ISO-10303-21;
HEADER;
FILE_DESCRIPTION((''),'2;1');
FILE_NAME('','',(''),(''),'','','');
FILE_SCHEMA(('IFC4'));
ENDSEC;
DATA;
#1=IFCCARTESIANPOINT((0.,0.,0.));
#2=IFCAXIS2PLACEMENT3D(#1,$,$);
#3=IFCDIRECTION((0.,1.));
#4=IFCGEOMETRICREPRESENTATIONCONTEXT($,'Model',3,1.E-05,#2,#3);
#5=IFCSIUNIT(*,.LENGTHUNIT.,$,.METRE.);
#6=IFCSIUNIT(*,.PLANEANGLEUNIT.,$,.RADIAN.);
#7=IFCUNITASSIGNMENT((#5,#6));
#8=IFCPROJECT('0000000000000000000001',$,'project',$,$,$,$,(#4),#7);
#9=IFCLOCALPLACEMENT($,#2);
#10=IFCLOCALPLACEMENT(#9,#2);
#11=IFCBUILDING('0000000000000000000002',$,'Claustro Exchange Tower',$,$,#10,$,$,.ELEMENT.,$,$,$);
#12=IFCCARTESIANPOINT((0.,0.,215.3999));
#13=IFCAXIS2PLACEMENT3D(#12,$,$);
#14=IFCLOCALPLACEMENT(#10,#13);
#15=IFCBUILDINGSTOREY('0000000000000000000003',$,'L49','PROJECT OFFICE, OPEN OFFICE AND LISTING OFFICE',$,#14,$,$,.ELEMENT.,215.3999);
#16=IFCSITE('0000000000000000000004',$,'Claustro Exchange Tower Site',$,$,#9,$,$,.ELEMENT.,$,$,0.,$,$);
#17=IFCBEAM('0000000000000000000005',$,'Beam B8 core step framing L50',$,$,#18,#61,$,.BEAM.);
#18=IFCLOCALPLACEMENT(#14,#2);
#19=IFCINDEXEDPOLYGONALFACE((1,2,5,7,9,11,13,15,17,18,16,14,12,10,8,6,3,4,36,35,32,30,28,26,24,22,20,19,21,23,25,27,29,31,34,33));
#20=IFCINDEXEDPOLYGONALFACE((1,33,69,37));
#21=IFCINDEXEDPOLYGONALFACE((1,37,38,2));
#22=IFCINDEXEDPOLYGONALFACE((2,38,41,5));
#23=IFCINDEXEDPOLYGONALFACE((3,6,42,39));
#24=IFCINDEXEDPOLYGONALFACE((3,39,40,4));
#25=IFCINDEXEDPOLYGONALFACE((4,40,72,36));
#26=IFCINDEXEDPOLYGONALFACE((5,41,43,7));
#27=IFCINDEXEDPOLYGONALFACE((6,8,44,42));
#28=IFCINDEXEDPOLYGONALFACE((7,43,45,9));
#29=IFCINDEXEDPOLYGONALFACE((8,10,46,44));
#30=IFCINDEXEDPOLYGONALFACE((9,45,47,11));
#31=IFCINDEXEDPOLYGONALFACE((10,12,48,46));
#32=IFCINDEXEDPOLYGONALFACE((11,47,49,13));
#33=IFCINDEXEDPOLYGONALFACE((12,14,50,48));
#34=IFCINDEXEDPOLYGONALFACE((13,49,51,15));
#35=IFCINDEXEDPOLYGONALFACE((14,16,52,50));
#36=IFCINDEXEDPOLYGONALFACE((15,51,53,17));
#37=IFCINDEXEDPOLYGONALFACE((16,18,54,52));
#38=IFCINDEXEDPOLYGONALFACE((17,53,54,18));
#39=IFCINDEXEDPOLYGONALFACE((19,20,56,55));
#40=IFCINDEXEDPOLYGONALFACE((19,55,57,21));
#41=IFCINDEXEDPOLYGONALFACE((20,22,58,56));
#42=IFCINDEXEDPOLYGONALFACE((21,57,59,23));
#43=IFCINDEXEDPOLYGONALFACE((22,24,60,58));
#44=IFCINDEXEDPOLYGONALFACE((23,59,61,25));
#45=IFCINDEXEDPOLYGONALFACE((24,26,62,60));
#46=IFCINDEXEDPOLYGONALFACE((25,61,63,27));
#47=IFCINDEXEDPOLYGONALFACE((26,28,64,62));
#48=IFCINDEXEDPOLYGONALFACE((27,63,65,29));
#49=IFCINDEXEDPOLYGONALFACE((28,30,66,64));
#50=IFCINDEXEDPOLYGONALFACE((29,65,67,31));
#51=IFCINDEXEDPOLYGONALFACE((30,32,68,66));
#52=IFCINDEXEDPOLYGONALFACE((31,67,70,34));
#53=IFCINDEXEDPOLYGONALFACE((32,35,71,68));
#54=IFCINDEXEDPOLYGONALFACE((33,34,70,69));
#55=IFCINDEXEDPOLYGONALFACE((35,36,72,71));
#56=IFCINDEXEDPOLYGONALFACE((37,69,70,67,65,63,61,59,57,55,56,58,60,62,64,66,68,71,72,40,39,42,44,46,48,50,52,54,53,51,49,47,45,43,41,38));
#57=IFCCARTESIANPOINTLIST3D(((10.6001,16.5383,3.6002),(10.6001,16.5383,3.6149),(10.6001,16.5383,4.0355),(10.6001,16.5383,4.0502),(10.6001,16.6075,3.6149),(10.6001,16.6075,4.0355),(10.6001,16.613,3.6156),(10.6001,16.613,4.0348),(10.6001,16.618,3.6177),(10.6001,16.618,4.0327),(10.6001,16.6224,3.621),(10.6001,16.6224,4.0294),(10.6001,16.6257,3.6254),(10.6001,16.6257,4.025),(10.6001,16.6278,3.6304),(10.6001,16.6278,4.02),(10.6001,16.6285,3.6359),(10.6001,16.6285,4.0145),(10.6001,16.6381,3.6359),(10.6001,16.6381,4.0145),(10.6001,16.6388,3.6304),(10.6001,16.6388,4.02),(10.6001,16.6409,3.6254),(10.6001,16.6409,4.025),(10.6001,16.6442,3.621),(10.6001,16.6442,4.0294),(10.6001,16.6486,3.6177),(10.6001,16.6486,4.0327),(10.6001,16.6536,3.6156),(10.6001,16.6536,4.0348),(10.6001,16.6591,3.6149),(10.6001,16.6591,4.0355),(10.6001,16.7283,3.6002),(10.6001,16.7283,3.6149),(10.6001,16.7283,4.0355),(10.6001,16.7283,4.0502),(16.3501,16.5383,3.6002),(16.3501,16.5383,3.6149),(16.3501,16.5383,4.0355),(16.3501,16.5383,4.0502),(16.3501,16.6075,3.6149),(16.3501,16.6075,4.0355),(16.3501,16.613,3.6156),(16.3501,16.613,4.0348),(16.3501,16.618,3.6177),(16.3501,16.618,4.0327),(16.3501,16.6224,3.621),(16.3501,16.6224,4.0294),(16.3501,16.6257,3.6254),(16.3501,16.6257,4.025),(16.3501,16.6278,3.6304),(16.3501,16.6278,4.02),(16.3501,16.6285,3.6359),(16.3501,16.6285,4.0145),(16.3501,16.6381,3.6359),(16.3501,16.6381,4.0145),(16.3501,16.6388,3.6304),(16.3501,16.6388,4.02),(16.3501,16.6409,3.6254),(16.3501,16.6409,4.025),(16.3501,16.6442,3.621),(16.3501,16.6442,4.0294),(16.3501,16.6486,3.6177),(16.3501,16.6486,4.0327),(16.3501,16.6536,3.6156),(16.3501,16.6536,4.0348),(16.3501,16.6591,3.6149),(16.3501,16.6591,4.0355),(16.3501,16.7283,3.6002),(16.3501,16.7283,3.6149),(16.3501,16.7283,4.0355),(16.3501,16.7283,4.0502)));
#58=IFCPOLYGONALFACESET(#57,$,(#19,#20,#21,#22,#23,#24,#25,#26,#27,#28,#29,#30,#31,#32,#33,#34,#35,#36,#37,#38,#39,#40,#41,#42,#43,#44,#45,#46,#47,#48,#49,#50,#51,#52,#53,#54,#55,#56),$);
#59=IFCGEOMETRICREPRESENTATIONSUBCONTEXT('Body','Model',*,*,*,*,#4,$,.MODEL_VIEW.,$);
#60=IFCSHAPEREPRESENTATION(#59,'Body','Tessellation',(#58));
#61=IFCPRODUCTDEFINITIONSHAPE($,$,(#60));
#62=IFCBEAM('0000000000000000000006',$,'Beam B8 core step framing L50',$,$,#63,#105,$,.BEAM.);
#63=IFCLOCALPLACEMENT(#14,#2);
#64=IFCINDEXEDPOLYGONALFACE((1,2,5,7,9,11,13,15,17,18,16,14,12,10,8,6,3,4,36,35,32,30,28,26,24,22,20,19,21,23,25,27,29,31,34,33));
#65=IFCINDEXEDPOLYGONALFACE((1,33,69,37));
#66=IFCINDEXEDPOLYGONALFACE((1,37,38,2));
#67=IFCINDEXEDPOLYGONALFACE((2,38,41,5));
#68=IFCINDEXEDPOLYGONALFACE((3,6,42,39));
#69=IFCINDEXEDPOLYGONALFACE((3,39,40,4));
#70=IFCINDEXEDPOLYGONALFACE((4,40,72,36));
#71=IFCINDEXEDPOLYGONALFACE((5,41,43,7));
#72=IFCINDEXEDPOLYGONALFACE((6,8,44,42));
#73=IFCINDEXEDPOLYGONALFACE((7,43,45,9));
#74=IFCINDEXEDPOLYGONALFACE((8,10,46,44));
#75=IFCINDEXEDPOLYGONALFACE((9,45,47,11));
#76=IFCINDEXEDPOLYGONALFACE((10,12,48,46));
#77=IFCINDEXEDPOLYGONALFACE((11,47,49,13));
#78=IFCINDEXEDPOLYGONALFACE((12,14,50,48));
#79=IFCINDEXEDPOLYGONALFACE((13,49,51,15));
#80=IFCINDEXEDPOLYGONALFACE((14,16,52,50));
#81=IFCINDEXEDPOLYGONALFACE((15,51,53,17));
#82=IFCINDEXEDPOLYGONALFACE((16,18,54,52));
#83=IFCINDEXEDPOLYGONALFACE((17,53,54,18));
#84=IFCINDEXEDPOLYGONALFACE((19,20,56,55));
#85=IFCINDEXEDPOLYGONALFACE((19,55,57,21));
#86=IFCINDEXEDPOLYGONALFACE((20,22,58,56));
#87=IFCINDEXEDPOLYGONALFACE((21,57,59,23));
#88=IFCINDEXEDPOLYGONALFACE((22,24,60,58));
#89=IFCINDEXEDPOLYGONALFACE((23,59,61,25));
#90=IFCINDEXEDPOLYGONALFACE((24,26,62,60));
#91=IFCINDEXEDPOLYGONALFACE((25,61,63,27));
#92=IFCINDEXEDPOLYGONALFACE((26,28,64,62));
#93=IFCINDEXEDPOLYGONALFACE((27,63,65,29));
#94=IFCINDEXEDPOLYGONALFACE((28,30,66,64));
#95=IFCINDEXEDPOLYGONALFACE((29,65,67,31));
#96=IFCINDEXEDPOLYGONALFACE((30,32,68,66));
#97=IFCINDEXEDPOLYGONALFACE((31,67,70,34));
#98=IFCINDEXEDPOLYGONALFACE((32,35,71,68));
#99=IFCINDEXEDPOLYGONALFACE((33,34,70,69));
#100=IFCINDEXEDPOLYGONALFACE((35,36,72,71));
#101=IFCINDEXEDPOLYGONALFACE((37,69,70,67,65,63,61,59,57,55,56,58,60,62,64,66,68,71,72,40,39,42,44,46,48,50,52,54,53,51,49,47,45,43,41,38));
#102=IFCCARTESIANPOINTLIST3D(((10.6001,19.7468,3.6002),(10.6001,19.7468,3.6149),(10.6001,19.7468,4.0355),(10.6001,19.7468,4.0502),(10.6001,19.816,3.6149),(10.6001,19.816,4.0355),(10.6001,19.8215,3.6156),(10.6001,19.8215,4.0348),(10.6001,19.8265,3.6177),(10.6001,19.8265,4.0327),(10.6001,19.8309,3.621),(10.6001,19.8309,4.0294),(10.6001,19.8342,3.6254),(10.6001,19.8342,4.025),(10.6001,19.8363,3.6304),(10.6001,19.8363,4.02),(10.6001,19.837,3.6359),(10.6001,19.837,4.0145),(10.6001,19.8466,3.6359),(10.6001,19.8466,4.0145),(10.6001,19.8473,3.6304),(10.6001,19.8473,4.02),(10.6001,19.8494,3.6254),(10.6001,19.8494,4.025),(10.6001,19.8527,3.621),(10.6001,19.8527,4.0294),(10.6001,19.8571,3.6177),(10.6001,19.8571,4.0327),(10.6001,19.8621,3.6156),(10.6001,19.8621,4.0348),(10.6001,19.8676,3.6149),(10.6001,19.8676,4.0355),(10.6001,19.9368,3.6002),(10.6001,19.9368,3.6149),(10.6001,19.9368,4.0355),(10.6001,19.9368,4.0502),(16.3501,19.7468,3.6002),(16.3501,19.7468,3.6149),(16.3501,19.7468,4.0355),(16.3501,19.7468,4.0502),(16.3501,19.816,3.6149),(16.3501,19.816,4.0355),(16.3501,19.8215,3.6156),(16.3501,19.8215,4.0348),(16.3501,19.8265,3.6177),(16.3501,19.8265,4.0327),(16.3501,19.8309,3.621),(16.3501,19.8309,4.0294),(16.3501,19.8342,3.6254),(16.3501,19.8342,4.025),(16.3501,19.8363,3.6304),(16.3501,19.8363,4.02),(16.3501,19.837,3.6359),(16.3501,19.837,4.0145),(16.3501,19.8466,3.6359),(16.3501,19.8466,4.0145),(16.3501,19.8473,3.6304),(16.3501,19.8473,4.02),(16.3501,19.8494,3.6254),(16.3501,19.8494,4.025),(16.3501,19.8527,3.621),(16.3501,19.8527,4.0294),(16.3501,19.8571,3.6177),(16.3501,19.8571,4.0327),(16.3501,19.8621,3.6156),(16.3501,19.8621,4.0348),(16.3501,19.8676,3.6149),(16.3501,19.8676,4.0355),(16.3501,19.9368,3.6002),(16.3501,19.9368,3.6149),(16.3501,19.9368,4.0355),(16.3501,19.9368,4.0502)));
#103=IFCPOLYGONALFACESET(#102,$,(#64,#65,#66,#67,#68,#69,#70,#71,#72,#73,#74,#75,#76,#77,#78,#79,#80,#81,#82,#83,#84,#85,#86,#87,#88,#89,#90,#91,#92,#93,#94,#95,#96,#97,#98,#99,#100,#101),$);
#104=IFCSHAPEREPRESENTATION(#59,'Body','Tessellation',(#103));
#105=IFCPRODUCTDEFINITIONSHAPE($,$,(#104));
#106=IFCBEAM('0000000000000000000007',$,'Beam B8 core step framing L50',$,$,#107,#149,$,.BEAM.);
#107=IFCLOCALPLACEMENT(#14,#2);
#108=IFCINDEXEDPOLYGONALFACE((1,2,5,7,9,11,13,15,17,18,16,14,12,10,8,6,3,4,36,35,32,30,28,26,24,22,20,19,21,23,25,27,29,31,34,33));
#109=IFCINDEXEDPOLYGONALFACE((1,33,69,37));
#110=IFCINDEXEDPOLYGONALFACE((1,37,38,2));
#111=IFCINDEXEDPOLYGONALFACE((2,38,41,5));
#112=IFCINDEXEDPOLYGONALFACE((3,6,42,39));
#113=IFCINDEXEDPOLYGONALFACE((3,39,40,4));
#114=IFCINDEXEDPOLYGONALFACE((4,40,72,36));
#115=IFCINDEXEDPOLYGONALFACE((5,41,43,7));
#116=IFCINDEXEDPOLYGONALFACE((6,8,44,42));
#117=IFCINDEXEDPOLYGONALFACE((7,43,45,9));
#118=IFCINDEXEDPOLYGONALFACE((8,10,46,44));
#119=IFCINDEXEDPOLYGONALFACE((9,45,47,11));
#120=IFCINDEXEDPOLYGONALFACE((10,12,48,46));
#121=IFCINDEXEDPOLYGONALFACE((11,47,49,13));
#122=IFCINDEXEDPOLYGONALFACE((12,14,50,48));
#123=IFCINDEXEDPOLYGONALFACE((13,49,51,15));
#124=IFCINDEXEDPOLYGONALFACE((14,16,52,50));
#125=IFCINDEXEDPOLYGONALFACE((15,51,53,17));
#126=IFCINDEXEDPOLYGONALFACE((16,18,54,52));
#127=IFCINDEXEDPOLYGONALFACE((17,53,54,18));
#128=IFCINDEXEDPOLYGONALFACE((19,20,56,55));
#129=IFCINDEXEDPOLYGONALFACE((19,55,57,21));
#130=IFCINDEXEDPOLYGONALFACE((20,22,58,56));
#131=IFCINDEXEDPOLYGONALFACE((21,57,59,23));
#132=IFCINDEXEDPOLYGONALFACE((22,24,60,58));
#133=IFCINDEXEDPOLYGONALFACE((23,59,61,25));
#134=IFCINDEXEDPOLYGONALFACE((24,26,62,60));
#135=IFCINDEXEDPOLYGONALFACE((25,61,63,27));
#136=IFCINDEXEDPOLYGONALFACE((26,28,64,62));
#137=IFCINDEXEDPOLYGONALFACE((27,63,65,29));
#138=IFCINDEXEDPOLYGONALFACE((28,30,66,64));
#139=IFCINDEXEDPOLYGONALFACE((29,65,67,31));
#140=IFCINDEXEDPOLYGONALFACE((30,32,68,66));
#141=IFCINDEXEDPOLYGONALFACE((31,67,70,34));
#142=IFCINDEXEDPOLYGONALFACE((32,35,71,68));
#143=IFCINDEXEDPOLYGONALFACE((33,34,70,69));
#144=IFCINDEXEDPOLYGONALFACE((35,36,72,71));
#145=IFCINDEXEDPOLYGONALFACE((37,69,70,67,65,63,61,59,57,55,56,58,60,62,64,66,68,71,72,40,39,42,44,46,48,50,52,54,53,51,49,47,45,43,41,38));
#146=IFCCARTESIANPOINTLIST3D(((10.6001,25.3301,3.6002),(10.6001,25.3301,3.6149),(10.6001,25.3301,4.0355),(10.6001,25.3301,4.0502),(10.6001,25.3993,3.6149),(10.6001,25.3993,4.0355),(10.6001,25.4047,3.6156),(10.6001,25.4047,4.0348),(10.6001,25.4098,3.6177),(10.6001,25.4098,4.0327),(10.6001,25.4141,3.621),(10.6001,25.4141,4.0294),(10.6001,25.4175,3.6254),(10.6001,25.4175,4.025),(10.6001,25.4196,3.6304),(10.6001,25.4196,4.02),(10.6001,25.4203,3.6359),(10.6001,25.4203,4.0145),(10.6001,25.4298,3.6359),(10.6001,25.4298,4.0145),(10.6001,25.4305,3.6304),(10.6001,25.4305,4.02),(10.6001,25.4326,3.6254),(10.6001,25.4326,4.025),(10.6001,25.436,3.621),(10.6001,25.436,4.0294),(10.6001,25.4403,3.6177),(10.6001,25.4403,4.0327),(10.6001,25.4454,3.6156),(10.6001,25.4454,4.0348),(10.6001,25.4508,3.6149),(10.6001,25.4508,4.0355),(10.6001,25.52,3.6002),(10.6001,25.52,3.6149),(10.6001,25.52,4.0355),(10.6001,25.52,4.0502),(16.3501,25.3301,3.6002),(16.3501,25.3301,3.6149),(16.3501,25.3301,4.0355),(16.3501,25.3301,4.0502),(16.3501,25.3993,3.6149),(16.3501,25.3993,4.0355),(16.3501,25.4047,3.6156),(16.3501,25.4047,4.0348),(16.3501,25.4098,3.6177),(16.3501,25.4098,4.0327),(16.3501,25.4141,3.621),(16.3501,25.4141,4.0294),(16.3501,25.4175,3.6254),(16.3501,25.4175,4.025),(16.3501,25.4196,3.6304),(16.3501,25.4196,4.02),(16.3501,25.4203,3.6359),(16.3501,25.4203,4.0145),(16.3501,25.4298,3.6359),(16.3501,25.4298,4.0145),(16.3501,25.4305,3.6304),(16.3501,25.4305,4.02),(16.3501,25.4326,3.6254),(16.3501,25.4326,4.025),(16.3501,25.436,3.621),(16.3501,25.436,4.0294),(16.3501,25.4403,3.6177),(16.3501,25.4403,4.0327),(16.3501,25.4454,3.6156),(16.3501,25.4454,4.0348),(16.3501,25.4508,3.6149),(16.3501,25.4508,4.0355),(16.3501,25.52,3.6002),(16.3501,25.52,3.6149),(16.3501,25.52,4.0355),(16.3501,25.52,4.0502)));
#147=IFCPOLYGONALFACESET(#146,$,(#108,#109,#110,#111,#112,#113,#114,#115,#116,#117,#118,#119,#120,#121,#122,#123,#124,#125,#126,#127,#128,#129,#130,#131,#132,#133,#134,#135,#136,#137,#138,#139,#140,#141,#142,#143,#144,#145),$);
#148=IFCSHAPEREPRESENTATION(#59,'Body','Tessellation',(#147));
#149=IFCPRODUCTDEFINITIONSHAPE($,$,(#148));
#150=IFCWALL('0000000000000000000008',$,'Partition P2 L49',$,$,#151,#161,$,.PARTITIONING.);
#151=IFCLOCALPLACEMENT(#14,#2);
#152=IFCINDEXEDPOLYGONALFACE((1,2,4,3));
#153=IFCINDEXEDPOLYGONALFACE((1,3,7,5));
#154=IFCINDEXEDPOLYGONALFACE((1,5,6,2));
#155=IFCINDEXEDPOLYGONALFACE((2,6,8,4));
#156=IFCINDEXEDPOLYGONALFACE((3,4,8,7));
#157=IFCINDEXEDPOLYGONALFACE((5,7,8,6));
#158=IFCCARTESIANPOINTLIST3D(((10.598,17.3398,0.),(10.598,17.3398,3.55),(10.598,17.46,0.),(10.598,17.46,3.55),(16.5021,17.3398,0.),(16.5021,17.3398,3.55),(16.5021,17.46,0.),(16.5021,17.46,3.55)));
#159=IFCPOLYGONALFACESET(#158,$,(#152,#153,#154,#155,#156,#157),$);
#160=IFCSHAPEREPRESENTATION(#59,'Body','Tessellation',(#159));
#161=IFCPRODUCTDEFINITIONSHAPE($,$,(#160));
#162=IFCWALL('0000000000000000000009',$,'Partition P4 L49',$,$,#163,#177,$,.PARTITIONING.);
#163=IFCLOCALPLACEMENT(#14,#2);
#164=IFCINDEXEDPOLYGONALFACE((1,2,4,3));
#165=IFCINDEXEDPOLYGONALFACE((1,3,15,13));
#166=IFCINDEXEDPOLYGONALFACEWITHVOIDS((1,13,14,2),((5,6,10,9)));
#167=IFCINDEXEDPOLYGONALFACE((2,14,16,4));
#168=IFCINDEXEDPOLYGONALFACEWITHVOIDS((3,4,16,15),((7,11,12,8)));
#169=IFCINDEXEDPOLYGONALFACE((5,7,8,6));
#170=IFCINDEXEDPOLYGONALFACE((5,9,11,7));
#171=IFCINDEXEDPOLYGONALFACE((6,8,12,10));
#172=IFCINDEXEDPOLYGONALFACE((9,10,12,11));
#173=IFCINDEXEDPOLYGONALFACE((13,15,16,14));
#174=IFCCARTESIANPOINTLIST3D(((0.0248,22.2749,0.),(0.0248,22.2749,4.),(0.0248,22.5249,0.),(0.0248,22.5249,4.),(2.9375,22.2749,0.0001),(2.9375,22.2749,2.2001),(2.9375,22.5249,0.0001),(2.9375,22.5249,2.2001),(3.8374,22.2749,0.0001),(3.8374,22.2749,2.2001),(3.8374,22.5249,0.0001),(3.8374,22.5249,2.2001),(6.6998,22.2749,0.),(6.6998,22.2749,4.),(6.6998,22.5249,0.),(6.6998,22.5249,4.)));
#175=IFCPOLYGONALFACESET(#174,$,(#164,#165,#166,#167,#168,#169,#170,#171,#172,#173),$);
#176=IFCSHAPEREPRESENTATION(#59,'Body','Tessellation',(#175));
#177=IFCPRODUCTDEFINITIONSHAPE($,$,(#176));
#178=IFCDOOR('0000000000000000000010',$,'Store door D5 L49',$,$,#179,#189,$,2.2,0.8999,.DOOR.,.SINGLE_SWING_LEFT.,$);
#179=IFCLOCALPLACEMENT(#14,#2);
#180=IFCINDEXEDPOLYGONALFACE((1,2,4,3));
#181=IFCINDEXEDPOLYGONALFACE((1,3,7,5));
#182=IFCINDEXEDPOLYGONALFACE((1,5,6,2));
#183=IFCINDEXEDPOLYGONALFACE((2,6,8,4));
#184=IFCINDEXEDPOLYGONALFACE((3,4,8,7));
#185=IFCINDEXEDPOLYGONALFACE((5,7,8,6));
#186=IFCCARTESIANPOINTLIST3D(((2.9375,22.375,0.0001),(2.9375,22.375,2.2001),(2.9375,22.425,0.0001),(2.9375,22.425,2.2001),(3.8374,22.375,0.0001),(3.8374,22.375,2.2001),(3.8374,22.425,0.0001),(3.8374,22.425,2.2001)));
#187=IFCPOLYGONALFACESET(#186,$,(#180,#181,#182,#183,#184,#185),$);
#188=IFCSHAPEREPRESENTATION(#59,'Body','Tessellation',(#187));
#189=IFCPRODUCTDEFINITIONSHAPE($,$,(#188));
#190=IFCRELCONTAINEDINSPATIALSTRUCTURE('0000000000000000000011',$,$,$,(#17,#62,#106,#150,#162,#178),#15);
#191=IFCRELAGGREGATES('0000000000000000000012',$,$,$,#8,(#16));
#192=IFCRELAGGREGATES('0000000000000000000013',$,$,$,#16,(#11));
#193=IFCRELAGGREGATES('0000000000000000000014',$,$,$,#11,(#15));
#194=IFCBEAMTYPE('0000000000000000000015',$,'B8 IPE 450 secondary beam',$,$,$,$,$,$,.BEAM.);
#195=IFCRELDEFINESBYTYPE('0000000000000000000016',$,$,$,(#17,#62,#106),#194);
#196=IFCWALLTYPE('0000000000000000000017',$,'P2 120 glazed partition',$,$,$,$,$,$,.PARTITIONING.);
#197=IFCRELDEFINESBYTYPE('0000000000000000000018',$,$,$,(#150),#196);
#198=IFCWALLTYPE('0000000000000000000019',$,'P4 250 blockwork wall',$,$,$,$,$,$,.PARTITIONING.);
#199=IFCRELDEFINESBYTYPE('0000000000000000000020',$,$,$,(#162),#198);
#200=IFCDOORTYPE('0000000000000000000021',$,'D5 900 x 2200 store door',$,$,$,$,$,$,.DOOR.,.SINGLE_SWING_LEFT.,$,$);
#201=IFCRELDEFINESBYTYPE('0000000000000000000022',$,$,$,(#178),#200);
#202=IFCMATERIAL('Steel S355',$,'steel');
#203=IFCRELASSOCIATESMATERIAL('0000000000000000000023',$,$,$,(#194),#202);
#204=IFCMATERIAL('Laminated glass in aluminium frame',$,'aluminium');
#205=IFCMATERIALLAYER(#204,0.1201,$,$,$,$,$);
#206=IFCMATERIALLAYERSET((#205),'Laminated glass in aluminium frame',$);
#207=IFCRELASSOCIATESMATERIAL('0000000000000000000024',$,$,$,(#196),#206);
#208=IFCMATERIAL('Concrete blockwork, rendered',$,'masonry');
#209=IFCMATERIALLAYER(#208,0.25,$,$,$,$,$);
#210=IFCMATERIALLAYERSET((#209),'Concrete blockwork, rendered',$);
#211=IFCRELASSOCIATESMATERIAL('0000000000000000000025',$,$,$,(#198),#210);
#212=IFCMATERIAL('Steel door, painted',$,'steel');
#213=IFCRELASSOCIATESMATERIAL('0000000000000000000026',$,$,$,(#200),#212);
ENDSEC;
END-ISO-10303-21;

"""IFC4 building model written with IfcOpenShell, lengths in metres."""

from ifc_helpers import new_model, si_unit, direction, frame, frame_2d, origin, origin_2d, place, context, subcontext, project, spatial, rectangle, i_section, extrude, material, layer, layer_set, material_profile, profile_set, type_object, element, fill, save


model = new_model("IFC4")

# Units and contexts
model_context = context("Model", 3, precision=1e-05, world=origin(), true_north=direction((0.0, 1.0)))
body_context = subcontext(model_context, "Body", "Model", "MODEL_VIEW")
ifc_project = project(units=[si_unit("LENGTHUNIT", "METRE"), si_unit("PLANEANGLEUNIT", "RADIAN")], contexts=[model_context])

# Site, building, storey
site_placement = place(None, origin())
site = spatial("IfcSite", under=ifc_project, at=site_placement, Name="Claustro Exchange Tower Site", CompositionType="ELEMENT", RefElevation=0.0)
building_placement = place(site_placement, origin())
building = spatial("IfcBuilding", under=site, at=building_placement, Name="Claustro Exchange Tower", CompositionType="ELEMENT")
storey_placement = place(building_placement, frame((0.0, 0.0, 215.3999)))
storey = spatial("IfcBuildingStorey", under=building, at=storey_placement, Name="L49", Description="PROJECT OFFICE, OPEN OFFICE AND LISTING OFFICE", CompositionType="ELEMENT", Elevation=215.3999)

# Beams
ifc_material_1 = material(Name="Steel S355", Category="steel")
ifc_material_profile_1 = material_profile(ifc_material_1, i_section(OverallWidth=0.1899, OverallDepth=0.45, WebThickness=0.0095, FlangeThickness=0.0146, FilletRadius=0.021, at=origin_2d()), Name="IPE 450")
ifc_profile_set_1 = profile_set([ifc_material_profile_1], Name="Steel S355")
beam_type_1 = type_object("IfcBeamType", Name="B8 IPE 450 secondary beam", PredefinedType="BEAM", material=ifc_profile_set_1)
for number, where, z_axis, x_axis, name in (
    (1, (10.6001, 16.6333, 3.8252), (1.0, 0.0, 0.0), (0.0, 1.0, 0.0), "Beam B8 core step framing L50"),
    (2, (10.6001, 19.8418, 3.8252), (1.0, 0.0, 0.0), (0.0, 1.0, 0.0), "Beam B8 core step framing L50"),
    (3, (10.6001, 25.425, 3.8252), (1.0, 0.0, 0.0), (0.0, 1.0, 0.0), "Beam B8 core step framing L50"),
):
    element("IfcBeam", number, at=place(storey_placement, frame(where, z_axis=z_axis, x_axis=x_axis)), inside=storey, type_object=beam_type_1, Name=name, PredefinedType="BEAM", context=body_context, shape_type="SweptSolid", body=[
        extrude(i_section(OverallWidth=0.1899, OverallDepth=0.45, WebThickness=0.0095, FlangeThickness=0.0146, FilletRadius=0.021, at=origin_2d()), origin(), (0.0, 0.0, 1.0), 5.75),
    ])

# Wall
ifc_material_2 = material(Name="Laminated glass in aluminium frame", Category="aluminium")
ifc_layer_1 = layer(ifc_material_2, 0.1201)
ifc_layer_set_1 = layer_set([ifc_layer_1], Name="Laminated glass in aluminium frame")
wall_type_1 = type_object("IfcWallType", Name="P2 120 glazed partition", PredefinedType="PARTITIONING", material=ifc_layer_set_1)
wall_1_placement = place(storey_placement, frame((10.5979, 17.3999, 0.0), z_axis=(0.0, 0.0, 1.0), x_axis=(1.0, 0.0, 0.0)))
element("IfcWall", 4, at=wall_1_placement, inside=storey, type_object=wall_type_1, Name="Partition P2 L49", PredefinedType="PARTITIONING", context=body_context, shape_type="SweptSolid", body=[
    extrude(rectangle(XDim=5.9041, YDim=0.1201, at=frame_2d((2.9521, 0.0))), origin(), (0.0, 0.0, 1.0), 3.55),
])

# Wall, opening, door
ifc_material_3 = material(Name="Concrete blockwork, rendered", Category="masonry")
ifc_layer_2 = layer(ifc_material_3, 0.25)
ifc_layer_set_2 = layer_set([ifc_layer_2], Name="Concrete blockwork, rendered")
wall_type_2 = type_object("IfcWallType", Name="P4 250 blockwork wall", PredefinedType="PARTITIONING", material=ifc_layer_set_2)
wall_2_placement = place(storey_placement, frame((0.0249, 22.3999, 0.0), z_axis=(0.0, 0.0, 1.0), x_axis=(1.0, 0.0, 0.0)))
wall_2 = element("IfcWall", 5, at=wall_2_placement, inside=storey, type_object=wall_type_2, Name="Partition P4 L49", PredefinedType="PARTITIONING", context=body_context, shape_type="SweptSolid", body=[
    extrude(rectangle(XDim=6.675, YDim=0.25, at=frame_2d((3.3374, 0.0))), origin(), (0.0, 0.0, 1.0), 4.0),
])
opening_1_placement = place(wall_2_placement, frame((2.9126, 0.0, 0.0)))
opening_1 = element("IfcOpeningElement", 6, at=opening_1_placement, cuts=wall_2, PredefinedType="OPENING", context=body_context, shape_type="SweptSolid", body=[
    extrude(rectangle(XDim=0.8999, YDim=2.2, at=frame_2d((0.45, 1.1001))), frame((0.0, 0.135, 0.0), z_axis=(0.0, -1.0, 0.0), x_axis=(1.0, 0.0, 0.0)), (0.0, 0.0, 1.0), 0.27),
])
ifc_material_4 = material(Name="Steel door, painted", Category="steel")
door_type = type_object("IfcDoorType", Name="D5 900 x 2200 store door", OperationType="SINGLE_SWING_LEFT", PredefinedType="DOOR", material=ifc_material_4)
door_placement = place(opening_1_placement, frame((0.8999, 0.0, 0.0), z_axis=(0.0, 0.0, 1.0), x_axis=(-1.0, 0.0, 0.0)))
door = element("IfcDoor", 7, at=door_placement, inside=storey, type_object=door_type, Name="Store door D5 L49", OperationType="SINGLE_SWING_LEFT", OverallHeight=2.2, OverallWidth=0.8999, PredefinedType="DOOR", context=body_context, shape_type="SweptSolid", body=[
    extrude(rectangle(XDim=0.8999, YDim=2.2, at=frame_2d((0.45, 1.1001))), frame((0.0, 0.0249, 0.0), z_axis=(0.0, -1.0, 0.0), x_axis=(1.0, 0.0, 0.0)), (0.0, 0.0, 1.0), 0.05),
])
fill(opening_1, door)

save(model, "model.ifc")
